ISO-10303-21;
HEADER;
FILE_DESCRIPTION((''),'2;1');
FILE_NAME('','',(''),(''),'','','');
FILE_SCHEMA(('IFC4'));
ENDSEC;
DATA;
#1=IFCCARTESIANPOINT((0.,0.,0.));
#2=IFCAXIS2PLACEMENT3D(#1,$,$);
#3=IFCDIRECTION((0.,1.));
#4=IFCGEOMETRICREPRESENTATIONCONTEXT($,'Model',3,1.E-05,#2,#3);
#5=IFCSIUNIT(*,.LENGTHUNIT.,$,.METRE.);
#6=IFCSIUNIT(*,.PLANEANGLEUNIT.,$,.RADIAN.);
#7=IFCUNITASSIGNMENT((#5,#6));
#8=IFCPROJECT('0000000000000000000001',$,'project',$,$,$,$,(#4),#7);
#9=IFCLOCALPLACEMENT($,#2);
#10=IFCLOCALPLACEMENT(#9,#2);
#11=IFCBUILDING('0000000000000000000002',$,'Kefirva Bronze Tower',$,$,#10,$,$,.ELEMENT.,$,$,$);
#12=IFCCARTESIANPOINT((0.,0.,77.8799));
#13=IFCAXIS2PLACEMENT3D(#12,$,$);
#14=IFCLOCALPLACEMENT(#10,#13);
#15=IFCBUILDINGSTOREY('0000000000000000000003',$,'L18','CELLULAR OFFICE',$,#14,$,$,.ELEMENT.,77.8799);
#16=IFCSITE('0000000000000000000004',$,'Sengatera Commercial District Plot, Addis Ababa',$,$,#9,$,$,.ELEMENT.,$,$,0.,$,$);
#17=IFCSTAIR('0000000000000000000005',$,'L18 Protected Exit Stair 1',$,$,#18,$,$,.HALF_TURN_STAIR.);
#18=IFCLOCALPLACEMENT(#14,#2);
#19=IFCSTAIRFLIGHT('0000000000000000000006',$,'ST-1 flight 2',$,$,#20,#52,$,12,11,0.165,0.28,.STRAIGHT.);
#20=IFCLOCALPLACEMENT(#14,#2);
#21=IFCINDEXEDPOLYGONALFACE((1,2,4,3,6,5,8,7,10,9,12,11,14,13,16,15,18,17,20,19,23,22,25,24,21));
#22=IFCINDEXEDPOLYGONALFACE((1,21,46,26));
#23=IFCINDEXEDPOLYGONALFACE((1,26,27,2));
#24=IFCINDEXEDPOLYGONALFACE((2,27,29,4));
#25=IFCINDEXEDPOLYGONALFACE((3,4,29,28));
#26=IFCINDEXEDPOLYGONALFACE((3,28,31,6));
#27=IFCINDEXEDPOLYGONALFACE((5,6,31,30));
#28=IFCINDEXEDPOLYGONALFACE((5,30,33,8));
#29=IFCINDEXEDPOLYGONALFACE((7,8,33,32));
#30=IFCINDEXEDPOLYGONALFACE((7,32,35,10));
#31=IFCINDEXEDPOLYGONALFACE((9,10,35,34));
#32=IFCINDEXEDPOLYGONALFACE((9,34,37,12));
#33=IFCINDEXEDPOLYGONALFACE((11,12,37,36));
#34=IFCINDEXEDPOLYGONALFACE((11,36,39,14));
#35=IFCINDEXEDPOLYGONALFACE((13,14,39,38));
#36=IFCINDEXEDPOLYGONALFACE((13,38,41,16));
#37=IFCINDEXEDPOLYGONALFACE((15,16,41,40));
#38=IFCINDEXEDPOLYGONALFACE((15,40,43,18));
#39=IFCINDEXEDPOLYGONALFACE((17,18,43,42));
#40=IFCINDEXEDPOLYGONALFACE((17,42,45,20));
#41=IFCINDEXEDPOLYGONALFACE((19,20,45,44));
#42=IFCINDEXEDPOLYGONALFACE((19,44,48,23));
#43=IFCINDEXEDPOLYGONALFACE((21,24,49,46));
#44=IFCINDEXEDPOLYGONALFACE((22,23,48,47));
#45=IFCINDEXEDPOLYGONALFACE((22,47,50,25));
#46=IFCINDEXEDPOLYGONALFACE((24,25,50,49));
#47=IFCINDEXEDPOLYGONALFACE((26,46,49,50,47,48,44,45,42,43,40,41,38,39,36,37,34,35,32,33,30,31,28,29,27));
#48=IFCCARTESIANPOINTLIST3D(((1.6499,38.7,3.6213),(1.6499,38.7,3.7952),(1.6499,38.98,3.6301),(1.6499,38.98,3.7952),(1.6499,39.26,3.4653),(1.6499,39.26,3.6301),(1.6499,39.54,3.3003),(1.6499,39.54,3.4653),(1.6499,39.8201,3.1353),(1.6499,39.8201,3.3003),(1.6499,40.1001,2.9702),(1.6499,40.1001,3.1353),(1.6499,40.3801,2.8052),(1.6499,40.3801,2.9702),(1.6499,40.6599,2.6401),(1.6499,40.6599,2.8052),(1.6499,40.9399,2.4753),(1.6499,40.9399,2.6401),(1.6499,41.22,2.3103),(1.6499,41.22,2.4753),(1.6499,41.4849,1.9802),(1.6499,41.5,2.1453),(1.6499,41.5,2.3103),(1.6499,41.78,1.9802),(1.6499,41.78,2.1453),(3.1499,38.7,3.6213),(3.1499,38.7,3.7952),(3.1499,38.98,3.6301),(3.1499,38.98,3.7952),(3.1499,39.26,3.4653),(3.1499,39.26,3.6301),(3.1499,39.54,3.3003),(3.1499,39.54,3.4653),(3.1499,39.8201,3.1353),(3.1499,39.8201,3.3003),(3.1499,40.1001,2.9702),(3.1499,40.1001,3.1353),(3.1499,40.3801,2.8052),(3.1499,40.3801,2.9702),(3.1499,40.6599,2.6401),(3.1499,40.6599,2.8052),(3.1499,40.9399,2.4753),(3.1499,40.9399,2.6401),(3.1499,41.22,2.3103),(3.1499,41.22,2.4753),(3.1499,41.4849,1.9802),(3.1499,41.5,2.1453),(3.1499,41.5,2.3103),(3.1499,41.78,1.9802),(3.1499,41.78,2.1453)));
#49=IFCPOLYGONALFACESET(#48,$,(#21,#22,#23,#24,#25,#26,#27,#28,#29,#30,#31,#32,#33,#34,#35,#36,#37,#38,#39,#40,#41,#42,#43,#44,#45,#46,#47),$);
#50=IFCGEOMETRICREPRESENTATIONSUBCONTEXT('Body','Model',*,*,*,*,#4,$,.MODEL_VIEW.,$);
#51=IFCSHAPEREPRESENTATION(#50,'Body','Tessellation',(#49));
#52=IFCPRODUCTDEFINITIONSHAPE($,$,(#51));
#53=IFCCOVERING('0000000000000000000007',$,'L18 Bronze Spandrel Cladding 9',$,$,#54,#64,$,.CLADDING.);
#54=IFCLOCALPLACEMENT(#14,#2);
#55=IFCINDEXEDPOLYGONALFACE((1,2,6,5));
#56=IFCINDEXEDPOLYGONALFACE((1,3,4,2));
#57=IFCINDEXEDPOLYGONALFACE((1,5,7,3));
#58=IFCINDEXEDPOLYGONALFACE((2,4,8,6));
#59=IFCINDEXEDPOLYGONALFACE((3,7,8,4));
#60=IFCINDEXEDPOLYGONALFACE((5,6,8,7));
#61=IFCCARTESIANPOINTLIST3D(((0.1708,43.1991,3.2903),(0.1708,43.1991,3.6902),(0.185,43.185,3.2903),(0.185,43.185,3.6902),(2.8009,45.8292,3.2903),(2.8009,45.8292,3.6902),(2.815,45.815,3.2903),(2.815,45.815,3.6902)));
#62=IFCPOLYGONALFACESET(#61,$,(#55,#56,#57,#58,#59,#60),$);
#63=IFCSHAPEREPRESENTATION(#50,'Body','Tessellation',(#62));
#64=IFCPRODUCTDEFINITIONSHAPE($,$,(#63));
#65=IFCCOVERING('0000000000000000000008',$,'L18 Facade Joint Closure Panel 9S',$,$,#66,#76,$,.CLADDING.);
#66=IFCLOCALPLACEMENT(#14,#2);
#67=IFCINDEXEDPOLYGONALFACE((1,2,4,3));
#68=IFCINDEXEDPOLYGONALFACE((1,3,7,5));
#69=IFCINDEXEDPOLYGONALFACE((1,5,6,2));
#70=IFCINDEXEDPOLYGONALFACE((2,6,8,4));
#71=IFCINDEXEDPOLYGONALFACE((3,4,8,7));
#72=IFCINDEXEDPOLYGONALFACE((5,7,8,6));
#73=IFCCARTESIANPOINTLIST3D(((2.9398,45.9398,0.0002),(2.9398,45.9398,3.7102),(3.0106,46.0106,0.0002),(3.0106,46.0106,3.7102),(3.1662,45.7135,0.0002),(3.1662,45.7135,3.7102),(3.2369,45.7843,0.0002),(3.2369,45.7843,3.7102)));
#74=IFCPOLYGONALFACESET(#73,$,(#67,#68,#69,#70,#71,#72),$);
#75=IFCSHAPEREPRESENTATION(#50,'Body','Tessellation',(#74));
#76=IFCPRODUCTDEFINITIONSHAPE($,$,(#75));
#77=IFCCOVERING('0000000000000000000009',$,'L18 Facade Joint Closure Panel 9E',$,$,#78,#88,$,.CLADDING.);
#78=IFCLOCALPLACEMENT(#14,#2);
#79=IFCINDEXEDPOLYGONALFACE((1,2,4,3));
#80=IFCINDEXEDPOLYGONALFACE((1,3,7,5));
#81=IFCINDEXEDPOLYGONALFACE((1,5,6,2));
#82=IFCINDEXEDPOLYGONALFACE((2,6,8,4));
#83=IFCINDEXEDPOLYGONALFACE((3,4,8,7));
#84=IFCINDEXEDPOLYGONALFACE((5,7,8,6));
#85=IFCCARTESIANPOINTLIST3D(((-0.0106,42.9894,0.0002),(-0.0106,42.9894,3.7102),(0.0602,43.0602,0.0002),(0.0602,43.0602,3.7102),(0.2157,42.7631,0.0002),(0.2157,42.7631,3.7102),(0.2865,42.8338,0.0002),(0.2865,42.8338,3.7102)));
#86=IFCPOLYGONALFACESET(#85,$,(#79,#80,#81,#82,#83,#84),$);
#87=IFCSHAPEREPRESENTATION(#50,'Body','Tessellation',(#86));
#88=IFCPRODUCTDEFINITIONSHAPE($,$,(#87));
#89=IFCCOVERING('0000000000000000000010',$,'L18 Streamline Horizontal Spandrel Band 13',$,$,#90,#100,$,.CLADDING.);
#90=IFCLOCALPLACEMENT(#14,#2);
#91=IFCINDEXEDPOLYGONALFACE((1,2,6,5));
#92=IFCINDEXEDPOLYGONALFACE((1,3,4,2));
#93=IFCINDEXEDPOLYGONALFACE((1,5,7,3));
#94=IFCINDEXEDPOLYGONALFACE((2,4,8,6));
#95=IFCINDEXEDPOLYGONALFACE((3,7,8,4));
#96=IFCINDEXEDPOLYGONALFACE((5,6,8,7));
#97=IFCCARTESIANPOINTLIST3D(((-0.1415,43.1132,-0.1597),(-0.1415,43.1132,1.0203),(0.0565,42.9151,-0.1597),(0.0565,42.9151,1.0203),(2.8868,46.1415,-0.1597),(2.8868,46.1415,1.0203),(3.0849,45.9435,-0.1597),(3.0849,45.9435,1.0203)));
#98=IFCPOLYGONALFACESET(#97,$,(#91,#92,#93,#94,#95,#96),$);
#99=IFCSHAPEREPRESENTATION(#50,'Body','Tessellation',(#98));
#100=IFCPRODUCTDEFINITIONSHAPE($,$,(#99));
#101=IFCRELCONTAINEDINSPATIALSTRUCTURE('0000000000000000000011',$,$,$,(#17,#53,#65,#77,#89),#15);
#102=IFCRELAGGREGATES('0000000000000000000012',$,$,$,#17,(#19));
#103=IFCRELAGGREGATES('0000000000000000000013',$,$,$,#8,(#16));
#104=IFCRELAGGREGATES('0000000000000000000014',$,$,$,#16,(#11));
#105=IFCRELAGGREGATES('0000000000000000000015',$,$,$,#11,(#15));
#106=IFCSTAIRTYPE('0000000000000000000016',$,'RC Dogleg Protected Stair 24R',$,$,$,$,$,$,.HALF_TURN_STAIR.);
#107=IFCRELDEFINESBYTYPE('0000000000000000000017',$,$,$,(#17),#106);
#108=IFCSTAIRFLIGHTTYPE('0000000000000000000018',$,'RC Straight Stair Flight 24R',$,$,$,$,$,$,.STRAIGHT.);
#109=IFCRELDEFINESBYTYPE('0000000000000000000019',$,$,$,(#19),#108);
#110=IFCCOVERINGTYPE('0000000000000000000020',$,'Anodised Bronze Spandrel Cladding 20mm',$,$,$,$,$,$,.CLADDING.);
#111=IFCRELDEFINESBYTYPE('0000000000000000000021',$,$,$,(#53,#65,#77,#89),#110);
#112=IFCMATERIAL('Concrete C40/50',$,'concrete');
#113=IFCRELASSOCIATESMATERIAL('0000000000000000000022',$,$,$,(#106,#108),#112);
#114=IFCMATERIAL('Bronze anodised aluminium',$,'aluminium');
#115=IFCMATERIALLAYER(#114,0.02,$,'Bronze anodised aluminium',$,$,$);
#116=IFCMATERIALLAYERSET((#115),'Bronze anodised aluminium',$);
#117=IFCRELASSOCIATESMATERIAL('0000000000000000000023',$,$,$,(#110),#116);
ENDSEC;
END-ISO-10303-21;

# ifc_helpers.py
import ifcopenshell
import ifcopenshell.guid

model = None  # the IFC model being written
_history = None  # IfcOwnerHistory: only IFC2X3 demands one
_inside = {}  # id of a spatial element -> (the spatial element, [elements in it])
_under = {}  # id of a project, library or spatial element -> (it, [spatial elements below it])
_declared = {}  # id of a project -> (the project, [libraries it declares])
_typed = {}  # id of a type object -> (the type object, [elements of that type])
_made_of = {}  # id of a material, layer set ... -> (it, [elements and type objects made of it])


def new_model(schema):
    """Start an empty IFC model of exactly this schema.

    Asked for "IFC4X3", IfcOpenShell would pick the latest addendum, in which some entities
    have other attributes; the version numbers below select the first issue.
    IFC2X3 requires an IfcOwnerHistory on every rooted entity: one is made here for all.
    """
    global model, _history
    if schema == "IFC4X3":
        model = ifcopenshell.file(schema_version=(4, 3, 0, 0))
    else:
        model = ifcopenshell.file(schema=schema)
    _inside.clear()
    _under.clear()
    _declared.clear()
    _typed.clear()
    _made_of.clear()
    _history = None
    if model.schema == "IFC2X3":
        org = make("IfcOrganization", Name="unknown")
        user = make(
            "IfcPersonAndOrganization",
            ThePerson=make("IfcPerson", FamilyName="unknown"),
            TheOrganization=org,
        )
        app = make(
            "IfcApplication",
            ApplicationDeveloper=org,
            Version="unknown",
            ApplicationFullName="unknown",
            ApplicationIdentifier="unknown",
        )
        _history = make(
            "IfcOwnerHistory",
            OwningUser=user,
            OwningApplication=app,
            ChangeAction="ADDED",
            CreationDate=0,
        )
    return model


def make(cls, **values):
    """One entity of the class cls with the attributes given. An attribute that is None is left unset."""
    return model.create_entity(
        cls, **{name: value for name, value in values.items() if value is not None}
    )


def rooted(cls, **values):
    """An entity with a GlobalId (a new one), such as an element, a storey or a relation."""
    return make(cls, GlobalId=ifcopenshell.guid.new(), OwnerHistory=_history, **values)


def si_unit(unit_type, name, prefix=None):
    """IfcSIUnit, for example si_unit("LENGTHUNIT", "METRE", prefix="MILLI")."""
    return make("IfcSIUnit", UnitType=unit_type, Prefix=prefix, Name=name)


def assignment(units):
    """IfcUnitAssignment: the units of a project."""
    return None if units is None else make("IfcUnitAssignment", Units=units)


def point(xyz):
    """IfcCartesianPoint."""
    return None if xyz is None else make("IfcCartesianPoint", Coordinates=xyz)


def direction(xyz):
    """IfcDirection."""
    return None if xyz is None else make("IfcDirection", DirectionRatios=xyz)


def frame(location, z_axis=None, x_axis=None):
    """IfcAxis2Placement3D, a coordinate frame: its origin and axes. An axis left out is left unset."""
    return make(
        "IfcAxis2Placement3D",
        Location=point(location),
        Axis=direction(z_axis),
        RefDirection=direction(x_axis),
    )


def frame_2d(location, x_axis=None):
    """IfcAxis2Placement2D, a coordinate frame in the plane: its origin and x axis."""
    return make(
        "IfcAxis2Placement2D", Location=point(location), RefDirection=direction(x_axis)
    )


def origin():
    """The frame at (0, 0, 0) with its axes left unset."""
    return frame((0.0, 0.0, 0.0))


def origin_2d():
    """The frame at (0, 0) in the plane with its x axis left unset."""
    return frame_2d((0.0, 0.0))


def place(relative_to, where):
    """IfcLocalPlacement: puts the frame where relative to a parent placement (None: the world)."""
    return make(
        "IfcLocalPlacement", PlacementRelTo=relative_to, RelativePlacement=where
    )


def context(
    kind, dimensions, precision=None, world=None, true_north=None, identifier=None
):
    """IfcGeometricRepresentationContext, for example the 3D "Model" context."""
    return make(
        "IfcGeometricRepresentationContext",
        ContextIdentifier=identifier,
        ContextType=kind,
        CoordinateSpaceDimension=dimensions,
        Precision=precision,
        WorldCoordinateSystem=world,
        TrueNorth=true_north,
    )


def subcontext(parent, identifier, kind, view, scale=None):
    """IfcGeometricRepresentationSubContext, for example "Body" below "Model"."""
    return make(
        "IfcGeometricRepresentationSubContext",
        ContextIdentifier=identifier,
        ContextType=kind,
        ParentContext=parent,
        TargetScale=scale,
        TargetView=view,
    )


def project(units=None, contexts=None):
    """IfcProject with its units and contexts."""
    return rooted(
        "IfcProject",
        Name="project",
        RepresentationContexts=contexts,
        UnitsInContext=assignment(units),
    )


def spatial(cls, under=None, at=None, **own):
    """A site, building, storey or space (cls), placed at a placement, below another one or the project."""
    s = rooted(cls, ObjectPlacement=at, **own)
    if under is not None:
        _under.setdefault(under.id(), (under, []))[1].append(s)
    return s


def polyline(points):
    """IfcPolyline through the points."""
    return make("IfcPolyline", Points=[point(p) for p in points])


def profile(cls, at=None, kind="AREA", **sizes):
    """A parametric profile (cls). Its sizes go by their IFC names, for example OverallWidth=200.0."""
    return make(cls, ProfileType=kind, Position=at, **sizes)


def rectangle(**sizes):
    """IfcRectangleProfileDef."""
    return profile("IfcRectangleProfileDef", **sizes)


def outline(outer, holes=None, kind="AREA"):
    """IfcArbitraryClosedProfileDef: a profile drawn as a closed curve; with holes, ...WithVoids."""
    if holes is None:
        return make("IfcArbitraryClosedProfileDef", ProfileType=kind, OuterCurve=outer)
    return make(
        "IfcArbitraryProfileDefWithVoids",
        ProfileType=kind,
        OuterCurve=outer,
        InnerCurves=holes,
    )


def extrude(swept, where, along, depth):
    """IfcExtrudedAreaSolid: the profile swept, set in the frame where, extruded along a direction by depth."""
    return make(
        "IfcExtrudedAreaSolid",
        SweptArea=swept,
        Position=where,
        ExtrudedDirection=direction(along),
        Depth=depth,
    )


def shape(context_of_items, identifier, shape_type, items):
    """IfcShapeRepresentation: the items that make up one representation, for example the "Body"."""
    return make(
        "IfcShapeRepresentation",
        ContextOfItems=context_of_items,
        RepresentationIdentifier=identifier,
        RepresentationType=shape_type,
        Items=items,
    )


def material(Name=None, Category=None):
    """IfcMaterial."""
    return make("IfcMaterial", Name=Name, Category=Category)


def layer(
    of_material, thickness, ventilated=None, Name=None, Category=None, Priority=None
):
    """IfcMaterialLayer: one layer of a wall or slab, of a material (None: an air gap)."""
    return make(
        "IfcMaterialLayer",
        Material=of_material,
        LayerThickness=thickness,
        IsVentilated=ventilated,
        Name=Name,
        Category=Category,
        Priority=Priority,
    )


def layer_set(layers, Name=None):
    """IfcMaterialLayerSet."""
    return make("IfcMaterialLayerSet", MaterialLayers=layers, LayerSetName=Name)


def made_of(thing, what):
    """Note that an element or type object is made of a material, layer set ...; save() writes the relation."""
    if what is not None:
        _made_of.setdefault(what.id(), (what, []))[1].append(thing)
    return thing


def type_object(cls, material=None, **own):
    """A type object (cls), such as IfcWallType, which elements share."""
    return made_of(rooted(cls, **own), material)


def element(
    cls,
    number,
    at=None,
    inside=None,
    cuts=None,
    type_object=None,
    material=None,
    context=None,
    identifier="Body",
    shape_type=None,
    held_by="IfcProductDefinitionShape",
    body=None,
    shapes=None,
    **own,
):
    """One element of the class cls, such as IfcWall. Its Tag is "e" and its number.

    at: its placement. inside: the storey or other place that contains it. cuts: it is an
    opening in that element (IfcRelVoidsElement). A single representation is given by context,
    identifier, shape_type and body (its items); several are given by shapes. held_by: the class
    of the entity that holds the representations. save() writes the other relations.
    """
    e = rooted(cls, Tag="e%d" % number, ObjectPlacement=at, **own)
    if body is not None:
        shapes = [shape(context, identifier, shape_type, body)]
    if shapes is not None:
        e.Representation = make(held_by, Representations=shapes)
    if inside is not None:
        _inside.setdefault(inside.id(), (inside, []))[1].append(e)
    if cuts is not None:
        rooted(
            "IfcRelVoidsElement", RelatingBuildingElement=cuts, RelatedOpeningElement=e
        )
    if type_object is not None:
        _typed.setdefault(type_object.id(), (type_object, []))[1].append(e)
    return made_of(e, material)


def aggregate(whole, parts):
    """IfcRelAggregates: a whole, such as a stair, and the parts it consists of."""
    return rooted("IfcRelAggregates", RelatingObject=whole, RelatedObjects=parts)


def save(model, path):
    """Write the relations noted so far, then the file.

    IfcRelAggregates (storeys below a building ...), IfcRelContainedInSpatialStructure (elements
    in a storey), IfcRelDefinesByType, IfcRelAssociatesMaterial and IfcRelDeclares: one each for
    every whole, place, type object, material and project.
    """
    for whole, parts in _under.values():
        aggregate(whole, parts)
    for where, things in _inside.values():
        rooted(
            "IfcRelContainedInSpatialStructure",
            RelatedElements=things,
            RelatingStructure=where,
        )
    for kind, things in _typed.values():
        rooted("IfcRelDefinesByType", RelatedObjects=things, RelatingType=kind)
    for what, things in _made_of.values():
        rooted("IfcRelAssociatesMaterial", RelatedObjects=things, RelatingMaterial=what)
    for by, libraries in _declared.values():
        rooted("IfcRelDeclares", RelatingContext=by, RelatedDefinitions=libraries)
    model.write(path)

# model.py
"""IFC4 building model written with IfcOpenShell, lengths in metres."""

from ifc_helpers import new_model, si_unit, direction, frame, origin, origin_2d, place, context, subcontext, project, spatial, polyline, rectangle, outline, extrude, material, layer, layer_set, type_object, element, aggregate, save


model = new_model("IFC4")

# Units and contexts
model_context = context("Model", 3, precision=1e-05, world=origin(), true_north=direction((0.0, 1.0)))
body_context = subcontext(model_context, "Body", "Model", "MODEL_VIEW")
ifc_project = project(units=[si_unit("LENGTHUNIT", "METRE"), si_unit("PLANEANGLEUNIT", "RADIAN")], contexts=[model_context])

# Site, building, storey
site_placement = place(None, origin())
site = spatial("IfcSite", under=ifc_project, at=site_placement, Name="Sengatera Commercial District Plot, Addis Ababa", CompositionType="ELEMENT", RefElevation=0.0)
building_placement = place(site_placement, origin())
building = spatial("IfcBuilding", under=site, at=building_placement, Name="Kefirva Bronze Tower", CompositionType="ELEMENT")
storey_placement = place(building_placement, frame((0.0, 0.0, 77.8799)))
storey = spatial("IfcBuildingStorey", under=building, at=storey_placement, Name="L18", Description="CELLULAR OFFICE", CompositionType="ELEMENT", Elevation=77.8799)

# Shared definitions
ifc_material_1 = material(Name="Bronze anodised aluminium", Category="aluminium")

# Stair, stair flight
ifc_material_2 = material(Name="Concrete C40/50", Category="concrete")
stair_type = type_object("IfcStairType", Name="RC Dogleg Protected Stair 24R", PredefinedType="HALF_TURN_STAIR", material=ifc_material_2)
stair_placement = place(storey_placement, origin())
stair = element("IfcStair", 1, at=stair_placement, inside=storey, type_object=stair_type, Name="L18 Protected Exit Stair 1", PredefinedType="HALF_TURN_STAIR")
stair_flight_type = type_object("IfcStairFlightType", Name="RC Straight Stair Flight 24R", PredefinedType="STRAIGHT", material=ifc_material_2)
stair_flight_1_placement = place(storey_placement, frame((2.3999, 41.78, 1.9802), z_axis=(0.0, 0.0, 1.0), x_axis=(0.0, -1.0, 0.0)))
stair_flight_1 = element("IfcStairFlight", 2, at=stair_flight_1_placement, type_object=stair_flight_type, Name="ST-1 flight 2", NumberOfRisers=12, NumberOfTreads=11, PredefinedType="STRAIGHT", RiserHeight=0.165, TreadLength=0.28, context=body_context, shape_type="SweptSolid", body=[
    extrude(outline(polyline([(0.0, 0.0), (0.0, 0.165), (0.28, 0.165), (0.28, 0.3301), (0.5601, 0.3301), (0.5601, 0.4951), (0.8401, 0.4951), (0.8401, 0.6599), (1.1201, 0.6599), (1.1201, 0.825), (1.3999, 0.825), (1.3999, 0.99), (1.6799, 0.99), (1.6799, 1.155), (1.96, 1.155), (1.96, 1.3201), (2.24, 1.3201), (2.24, 1.4851), (2.52, 1.4851), (2.52, 1.6499), (2.8, 1.6499), (2.8, 1.8149), (3.0801, 1.8149), (3.0801, 1.98), (3.0801, 1.6411), (0.2952, 0.0), (0.0, 0.0)])), frame((0.0, 0.75, 0.0), z_axis=(0.0, -1.0, 0.0), x_axis=(1.0, 0.0, 0.0)), (0.0, 0.0, 1.0), 1.5),
])
aggregate(stair, [stair_flight_1])

# Coverings
ifc_layer_1 = layer(ifc_material_1, 0.02, Name="Bronze anodised aluminium")
ifc_layer_set_1 = layer_set([ifc_layer_1], Name="Bronze anodised aluminium")
covering_type_1 = type_object("IfcCoveringType", Name="Anodised Bronze Spandrel Cladding 20mm", PredefinedType="CLADDING", material=ifc_layer_set_1)
covering_1_placement = place(storey_placement, frame((1.4929, 44.5071, 3.2903), z_axis=(0.0, 0.0, 1.0), x_axis=(-0.707107, -0.707107, 0.0)))
element("IfcCovering", 3, at=covering_1_placement, inside=storey, type_object=covering_type_1, Name="L18 Bronze Spandrel Cladding 9", PredefinedType="CLADDING", context=body_context, shape_type="SweptSolid", body=[
    extrude(rectangle(XDim=3.7195, YDim=0.02, at=origin_2d()), origin(), (0.0, 0.0, 1.0), 0.3999),
])
for number, where, z_axis, x_axis, name in (
    (4, (3.0884, 45.8621, 0.0002), (0.0, 0.0, 1.0), (-0.707107, -0.707107, 0.0), "L18 Facade Joint Closure Panel 9S"),
    (5, (0.1379, 42.9116, 0.0002), (0.0, 0.0, 1.0), (-0.707107, -0.707107, 0.0), "L18 Facade Joint Closure Panel 9E"),
):
    element("IfcCovering", number, at=place(storey_placement, frame(where, z_axis=z_axis, x_axis=x_axis)), inside=storey, type_object=covering_type_1, Name=name, PredefinedType="CLADDING", context=body_context, shape_type="SweptSolid", body=[
        extrude(rectangle(XDim=0.1001, YDim=0.3201, at=origin_2d()), origin(), (0.0, 0.0, 1.0), 3.71),
    ])
covering_2_placement = place(storey_placement, frame((1.4717, 44.5283, -0.1597), z_axis=(0.0, 0.0, 1.0), x_axis=(-0.707107, -0.707107, 0.0)))
element("IfcCovering", 6, at=covering_2_placement, inside=storey, type_object=covering_type_1, Name="L18 Streamline Horizontal Spandrel Band 13", PredefinedType="CLADDING", context=body_context, shape_type="SweptSolid", body=[
    extrude(rectangle(XDim=4.2827, YDim=0.28, at=origin_2d()), origin(), (0.0, 0.0, 1.0), 1.1799),
])

save(model, "model.ifc")
